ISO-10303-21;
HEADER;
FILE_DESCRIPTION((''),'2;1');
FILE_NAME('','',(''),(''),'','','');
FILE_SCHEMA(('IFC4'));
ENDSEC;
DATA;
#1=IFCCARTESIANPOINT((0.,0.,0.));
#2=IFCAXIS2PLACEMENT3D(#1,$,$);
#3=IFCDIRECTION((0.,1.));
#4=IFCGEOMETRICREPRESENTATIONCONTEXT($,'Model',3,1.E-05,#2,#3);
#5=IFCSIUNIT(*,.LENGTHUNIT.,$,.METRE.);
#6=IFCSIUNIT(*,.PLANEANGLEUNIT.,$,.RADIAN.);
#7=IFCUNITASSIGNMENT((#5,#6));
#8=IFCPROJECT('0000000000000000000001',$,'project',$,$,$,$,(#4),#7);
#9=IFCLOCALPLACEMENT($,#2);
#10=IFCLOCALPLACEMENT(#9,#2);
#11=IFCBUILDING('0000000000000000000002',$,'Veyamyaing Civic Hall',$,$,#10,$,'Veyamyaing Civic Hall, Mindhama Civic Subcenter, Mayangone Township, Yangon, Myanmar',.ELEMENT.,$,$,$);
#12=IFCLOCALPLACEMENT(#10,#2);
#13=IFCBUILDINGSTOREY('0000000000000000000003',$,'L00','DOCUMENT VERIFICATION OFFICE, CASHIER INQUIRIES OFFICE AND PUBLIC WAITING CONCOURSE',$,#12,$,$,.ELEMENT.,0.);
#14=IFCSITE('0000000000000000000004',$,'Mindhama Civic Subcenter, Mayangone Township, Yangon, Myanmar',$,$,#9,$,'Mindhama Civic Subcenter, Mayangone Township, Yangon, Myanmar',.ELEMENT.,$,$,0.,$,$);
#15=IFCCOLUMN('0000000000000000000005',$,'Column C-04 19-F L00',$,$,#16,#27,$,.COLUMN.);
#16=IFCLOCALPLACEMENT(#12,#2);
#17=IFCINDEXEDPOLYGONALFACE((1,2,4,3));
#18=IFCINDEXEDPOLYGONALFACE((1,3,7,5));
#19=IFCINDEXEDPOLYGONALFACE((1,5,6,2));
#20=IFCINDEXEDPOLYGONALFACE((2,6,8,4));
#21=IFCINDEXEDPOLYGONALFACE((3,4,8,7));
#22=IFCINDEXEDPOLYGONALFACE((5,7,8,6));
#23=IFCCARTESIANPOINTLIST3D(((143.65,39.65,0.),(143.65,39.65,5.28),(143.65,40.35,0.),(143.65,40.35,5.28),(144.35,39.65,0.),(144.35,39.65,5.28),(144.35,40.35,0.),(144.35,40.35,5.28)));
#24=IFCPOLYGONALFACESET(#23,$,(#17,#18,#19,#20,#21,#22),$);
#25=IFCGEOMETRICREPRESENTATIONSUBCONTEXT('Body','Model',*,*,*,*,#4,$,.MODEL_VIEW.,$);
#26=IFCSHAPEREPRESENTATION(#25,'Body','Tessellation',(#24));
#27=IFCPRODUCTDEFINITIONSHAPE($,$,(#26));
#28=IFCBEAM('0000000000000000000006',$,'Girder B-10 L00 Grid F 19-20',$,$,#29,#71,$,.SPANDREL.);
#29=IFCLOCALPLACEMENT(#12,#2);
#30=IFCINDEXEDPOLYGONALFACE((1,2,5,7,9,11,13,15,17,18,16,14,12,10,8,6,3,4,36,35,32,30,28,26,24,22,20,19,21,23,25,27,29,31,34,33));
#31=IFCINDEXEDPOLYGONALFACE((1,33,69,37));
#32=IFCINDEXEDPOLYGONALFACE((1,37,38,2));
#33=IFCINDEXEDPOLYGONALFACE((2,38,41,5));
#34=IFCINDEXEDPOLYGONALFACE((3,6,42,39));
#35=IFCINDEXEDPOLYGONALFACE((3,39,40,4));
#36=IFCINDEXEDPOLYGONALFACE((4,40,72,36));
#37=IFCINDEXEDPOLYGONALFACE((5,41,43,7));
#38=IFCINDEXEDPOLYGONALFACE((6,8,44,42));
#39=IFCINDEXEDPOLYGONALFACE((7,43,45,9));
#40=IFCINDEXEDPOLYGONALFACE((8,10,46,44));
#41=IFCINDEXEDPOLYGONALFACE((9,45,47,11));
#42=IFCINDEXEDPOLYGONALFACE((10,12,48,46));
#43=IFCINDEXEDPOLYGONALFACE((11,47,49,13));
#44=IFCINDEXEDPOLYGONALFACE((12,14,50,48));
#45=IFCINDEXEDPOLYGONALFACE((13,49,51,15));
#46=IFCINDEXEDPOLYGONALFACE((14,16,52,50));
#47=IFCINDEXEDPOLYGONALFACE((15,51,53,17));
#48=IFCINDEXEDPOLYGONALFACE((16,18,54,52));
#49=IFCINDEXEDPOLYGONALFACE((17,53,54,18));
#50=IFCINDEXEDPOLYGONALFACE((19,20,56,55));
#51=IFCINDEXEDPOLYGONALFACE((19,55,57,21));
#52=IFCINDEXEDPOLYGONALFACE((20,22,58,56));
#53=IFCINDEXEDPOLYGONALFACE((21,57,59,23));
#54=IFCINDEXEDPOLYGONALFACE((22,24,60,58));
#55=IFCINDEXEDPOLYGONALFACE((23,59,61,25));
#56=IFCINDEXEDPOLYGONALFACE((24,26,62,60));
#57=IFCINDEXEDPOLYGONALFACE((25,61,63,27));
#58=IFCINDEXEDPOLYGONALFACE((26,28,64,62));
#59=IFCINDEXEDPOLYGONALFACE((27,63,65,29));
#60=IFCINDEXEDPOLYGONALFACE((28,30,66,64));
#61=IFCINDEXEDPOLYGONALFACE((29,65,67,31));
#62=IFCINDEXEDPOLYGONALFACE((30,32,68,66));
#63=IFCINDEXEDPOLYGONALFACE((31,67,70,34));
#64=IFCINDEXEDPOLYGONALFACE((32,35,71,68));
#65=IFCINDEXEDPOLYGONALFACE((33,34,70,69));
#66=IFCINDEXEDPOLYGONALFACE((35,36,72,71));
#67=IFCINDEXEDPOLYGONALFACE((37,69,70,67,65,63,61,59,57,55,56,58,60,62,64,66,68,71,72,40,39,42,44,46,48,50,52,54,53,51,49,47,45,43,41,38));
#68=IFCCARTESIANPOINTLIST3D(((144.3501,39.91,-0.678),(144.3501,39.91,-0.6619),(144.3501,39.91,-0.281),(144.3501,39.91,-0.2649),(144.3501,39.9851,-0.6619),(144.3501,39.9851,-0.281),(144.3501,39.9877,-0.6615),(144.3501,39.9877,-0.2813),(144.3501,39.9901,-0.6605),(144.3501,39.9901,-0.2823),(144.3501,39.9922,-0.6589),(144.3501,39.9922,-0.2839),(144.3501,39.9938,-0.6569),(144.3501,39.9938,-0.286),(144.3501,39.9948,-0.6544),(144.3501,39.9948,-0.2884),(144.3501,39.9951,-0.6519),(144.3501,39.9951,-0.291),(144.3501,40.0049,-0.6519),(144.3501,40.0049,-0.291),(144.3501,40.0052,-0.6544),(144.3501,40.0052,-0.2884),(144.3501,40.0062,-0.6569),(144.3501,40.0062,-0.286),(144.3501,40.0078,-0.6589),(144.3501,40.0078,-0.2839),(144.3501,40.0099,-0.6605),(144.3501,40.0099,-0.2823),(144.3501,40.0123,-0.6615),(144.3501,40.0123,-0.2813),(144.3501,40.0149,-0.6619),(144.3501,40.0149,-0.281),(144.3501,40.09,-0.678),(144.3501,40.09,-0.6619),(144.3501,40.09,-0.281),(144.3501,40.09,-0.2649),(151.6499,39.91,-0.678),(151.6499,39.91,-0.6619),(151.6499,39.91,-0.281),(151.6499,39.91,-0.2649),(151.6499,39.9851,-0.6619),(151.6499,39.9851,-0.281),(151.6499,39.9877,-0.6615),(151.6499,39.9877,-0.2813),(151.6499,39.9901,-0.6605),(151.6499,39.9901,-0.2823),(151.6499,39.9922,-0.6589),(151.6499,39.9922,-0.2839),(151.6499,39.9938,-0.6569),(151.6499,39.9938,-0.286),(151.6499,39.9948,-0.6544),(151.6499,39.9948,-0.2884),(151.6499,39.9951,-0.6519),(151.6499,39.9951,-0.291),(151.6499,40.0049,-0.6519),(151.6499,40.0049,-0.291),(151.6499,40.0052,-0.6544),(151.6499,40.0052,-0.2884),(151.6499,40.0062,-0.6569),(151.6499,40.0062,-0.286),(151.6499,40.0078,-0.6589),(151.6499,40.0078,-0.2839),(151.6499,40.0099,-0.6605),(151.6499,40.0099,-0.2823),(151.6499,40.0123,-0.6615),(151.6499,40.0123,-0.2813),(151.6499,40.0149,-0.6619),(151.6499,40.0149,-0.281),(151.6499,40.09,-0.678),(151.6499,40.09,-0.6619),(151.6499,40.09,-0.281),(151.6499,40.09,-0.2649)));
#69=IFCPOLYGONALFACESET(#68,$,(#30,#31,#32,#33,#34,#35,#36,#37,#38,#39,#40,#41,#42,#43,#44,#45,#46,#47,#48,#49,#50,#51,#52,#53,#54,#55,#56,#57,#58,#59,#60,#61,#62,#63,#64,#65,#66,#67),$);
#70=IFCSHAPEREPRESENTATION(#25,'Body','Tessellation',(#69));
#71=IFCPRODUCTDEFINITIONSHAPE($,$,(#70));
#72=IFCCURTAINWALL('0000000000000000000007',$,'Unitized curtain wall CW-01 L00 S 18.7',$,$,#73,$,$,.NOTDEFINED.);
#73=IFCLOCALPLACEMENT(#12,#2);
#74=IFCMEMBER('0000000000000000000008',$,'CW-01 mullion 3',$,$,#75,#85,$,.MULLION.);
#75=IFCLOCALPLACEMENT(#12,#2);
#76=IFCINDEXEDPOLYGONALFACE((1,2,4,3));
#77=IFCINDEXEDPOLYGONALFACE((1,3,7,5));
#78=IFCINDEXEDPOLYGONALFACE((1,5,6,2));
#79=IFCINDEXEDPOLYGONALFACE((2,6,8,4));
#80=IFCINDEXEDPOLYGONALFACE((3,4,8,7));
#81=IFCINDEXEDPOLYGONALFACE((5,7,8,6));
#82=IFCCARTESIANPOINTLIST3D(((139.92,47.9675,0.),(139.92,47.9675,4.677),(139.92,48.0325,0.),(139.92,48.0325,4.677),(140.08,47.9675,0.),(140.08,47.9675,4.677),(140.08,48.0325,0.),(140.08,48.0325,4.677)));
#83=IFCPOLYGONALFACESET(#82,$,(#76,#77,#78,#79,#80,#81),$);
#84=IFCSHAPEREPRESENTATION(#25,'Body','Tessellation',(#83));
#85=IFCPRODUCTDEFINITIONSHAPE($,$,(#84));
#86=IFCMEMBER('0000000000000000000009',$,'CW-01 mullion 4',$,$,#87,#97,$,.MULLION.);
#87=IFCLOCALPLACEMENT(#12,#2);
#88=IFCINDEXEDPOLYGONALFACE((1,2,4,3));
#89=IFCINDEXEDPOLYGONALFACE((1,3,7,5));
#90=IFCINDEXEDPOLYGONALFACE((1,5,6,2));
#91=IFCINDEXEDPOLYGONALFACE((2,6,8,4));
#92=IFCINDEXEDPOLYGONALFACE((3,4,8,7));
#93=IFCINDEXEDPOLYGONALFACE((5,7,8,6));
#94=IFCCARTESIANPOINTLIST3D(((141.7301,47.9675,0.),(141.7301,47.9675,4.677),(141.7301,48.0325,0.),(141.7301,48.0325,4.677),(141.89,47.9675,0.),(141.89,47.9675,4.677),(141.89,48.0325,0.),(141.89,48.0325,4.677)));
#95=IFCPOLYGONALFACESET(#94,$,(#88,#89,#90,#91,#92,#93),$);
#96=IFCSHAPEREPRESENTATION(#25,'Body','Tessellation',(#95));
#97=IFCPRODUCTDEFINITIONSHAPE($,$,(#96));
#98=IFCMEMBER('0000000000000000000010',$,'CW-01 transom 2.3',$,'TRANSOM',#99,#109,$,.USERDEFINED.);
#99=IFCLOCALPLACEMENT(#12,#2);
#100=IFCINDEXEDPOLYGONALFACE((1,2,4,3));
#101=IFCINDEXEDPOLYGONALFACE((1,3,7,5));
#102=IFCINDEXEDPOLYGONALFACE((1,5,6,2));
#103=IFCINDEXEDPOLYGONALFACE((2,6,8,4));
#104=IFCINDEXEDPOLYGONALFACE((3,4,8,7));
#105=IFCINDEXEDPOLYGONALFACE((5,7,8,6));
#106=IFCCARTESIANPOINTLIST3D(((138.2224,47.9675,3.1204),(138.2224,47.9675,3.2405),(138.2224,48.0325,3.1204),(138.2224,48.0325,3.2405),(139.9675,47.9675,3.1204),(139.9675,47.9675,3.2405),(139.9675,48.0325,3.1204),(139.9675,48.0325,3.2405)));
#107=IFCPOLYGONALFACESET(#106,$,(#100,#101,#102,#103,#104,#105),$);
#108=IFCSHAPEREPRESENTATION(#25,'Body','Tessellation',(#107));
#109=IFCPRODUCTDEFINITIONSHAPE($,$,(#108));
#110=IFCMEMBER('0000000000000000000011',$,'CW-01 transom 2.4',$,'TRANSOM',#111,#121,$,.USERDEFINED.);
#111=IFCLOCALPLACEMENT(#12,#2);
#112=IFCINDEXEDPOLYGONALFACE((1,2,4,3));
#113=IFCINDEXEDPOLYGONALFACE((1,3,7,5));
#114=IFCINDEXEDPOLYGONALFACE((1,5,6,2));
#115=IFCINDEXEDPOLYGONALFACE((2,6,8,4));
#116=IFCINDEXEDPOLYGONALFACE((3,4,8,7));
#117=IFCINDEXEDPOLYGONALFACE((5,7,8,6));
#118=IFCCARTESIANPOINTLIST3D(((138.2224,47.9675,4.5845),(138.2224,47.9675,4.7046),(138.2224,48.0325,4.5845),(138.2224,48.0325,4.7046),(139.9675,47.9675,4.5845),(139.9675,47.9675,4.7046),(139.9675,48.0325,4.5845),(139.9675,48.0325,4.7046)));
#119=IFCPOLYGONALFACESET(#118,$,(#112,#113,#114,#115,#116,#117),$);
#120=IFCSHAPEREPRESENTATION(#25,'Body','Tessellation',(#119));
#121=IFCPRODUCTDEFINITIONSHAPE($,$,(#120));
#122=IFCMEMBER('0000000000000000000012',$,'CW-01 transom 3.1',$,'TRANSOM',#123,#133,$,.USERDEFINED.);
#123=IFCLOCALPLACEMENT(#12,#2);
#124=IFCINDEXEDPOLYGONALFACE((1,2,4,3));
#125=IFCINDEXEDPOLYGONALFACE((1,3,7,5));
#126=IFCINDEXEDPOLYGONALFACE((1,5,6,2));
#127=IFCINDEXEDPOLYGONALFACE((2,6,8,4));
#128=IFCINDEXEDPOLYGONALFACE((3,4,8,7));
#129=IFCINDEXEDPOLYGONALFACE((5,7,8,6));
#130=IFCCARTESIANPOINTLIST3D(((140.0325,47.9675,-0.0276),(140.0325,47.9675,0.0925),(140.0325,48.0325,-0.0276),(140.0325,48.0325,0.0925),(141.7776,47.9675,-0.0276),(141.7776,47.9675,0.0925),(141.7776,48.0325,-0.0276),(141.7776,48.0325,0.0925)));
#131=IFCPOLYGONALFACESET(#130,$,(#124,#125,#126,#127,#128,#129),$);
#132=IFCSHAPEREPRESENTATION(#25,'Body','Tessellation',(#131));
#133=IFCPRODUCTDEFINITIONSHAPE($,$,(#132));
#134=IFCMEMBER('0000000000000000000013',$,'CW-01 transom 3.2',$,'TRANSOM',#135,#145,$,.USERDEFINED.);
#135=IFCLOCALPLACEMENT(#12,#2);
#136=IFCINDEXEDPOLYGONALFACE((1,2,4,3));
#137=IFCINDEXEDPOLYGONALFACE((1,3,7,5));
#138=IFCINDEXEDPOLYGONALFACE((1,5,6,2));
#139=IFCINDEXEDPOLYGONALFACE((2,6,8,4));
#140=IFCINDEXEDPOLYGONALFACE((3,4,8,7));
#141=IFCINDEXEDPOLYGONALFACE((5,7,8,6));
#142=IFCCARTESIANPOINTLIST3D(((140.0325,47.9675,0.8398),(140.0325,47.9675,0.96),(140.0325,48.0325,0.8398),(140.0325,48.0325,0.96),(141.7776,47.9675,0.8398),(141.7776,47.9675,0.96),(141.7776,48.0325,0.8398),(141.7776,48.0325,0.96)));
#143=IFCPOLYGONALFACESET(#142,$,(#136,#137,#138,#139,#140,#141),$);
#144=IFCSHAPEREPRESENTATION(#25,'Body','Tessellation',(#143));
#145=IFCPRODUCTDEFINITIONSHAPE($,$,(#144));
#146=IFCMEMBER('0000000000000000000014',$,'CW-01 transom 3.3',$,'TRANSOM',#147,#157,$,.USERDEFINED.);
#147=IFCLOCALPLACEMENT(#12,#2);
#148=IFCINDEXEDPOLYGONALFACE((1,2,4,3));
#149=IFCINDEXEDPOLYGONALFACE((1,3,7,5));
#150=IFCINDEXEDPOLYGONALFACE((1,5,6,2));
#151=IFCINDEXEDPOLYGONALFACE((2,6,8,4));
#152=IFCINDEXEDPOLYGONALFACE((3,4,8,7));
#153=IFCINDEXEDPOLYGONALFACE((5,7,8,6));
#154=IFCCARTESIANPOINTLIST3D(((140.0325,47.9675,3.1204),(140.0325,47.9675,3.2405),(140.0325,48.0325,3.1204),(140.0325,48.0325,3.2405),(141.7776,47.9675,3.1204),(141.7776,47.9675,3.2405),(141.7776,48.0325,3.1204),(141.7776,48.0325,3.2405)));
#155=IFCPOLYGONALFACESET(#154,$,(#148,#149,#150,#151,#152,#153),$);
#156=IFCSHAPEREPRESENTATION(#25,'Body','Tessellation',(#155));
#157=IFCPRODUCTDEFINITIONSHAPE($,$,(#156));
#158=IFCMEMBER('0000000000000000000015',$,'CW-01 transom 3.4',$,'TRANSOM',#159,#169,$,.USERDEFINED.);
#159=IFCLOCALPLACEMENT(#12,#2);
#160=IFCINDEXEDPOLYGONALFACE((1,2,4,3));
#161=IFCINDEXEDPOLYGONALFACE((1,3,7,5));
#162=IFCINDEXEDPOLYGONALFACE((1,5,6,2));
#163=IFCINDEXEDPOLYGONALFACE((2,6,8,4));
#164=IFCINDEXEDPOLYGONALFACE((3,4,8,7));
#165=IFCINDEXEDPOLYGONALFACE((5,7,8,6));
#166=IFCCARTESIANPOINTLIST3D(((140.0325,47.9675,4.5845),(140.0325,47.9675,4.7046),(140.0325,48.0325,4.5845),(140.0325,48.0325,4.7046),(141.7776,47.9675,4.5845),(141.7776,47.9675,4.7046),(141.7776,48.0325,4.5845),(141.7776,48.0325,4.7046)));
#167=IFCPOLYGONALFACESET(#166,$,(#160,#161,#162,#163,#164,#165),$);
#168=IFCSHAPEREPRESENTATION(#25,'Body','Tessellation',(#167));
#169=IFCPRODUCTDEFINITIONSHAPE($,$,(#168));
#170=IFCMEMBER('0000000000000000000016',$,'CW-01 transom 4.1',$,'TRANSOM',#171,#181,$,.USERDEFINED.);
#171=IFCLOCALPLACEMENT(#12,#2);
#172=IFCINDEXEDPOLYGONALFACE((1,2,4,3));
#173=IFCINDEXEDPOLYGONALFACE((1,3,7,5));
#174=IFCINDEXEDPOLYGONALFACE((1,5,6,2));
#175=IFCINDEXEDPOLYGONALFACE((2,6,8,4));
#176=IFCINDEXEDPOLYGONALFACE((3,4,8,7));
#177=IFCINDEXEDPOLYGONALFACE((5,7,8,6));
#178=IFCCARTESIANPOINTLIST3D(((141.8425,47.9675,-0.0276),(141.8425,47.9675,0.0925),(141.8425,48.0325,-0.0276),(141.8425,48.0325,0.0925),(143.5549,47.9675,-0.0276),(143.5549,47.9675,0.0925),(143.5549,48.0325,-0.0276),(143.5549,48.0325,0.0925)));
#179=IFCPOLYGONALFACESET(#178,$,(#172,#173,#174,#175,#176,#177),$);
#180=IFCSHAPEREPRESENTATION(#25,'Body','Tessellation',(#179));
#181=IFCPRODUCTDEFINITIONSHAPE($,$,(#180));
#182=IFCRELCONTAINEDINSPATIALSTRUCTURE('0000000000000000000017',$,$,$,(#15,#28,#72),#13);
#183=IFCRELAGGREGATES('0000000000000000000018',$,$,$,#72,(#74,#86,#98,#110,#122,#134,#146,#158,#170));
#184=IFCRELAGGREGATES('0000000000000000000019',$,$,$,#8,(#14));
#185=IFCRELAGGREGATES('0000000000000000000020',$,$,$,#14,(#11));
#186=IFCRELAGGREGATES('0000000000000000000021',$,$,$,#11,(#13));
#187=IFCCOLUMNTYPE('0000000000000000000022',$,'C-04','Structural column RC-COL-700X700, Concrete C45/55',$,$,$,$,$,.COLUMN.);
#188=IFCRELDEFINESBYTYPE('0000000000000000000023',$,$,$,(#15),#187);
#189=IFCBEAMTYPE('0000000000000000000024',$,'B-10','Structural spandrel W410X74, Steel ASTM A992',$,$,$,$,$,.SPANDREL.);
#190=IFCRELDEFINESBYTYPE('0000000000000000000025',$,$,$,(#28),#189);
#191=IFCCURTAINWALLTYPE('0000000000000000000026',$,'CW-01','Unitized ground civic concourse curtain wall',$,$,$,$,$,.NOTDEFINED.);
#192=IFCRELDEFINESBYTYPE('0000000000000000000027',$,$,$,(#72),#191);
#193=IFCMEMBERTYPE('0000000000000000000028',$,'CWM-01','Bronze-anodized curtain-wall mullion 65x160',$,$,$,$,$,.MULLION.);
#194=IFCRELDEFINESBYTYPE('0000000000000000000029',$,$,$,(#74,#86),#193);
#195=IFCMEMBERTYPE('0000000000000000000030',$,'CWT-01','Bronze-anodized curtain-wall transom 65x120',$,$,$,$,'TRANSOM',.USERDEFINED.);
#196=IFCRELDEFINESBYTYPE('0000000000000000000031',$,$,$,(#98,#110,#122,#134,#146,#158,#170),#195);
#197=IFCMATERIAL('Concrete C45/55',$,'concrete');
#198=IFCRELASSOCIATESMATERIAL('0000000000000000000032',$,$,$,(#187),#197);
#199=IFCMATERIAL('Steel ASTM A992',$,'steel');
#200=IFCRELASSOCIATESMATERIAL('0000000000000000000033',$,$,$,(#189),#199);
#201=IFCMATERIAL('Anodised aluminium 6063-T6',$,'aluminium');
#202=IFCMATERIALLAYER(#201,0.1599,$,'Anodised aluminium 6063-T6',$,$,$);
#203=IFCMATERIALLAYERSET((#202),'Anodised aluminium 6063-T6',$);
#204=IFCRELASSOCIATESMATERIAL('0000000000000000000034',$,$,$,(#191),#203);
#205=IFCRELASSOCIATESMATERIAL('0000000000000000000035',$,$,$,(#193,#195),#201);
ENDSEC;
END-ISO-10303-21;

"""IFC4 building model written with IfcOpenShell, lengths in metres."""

from ifc_helpers import new_model, si_unit, direction, frame, origin, origin_2d, place, context, subcontext, project, spatial, rectangle, i_section, extrude, material, layer, layer_set, material_profile, profile_set, type_object, element, aggregate, save


model = new_model("IFC4")

# Units and contexts
model_context = context("Model", 3, precision=1e-05, world=origin(), true_north=direction((0.0, 1.0)))
body_context = subcontext(model_context, "Body", "Model", "MODEL_VIEW")
ifc_project = project(units=[si_unit("LENGTHUNIT", "METRE"), si_unit("PLANEANGLEUNIT", "RADIAN")], contexts=[model_context])

# Site, building, storey
site_placement = place(None, origin())
site = spatial("IfcSite", under=ifc_project, at=site_placement, Name="Mindhama Civic Subcenter, Mayangone Township, Yangon, Myanmar", LongName="Mindhama Civic Subcenter, Mayangone Township, Yangon, Myanmar", CompositionType="ELEMENT", RefElevation=0.0)
building_placement = place(site_placement, origin())
building = spatial("IfcBuilding", under=site, at=building_placement, Name="Veyamyaing Civic Hall", LongName="Veyamyaing Civic Hall, Mindhama Civic Subcenter, Mayangone Township, Yangon, Myanmar", CompositionType="ELEMENT")
storey_placement = place(building_placement, origin())
storey = spatial("IfcBuildingStorey", under=building, at=storey_placement, Name="L00", Description="DOCUMENT VERIFICATION OFFICE, CASHIER INQUIRIES OFFICE AND PUBLIC WAITING CONCOURSE", CompositionType="ELEMENT", Elevation=0.0)

# Column
ifc_material_1 = material(Name="Concrete C45/55", Category="concrete")
ifc_material_profile_1 = material_profile(ifc_material_1, rectangle(XDim=0.7, YDim=0.7, at=origin_2d()), Name="RC-COL-700X700")
ifc_profile_set_1 = profile_set([ifc_material_profile_1], Name="Concrete C45/55")
column_type = type_object("IfcColumnType", Name="C-04", Description="Structural column RC-COL-700X700, Concrete C45/55", PredefinedType="COLUMN", material=ifc_profile_set_1)
column_placement = place(storey_placement, frame((144.0, 40.0, 0.0), z_axis=(0.0, 0.0, 1.0), x_axis=(1.0, 0.0, 0.0)))
element("IfcColumn", 1, at=column_placement, inside=storey, type_object=column_type, Name="Column C-04 19-F L00", PredefinedType="COLUMN", context=body_context, shape_type="SweptSolid", body=[
    extrude(rectangle(XDim=0.7, YDim=0.7, at=origin_2d()), origin(), (0.0, 0.0, 1.0), 5.28),
])

# Beam
ifc_material_2 = material(Name="Steel ASTM A992", Category="steel")
ifc_material_profile_2 = material_profile(ifc_material_2, i_section(OverallWidth=0.1799, OverallDepth=0.4131, WebThickness=0.0098, FlangeThickness=0.0161, FilletRadius=0.01, at=origin_2d()), Name="W410X74")
ifc_profile_set_2 = profile_set([ifc_material_profile_2], Name="Steel ASTM A992")
beam_type_1 = type_object("IfcBeamType", Name="B-10", Description="Structural spandrel W410X74, Steel ASTM A992", PredefinedType="SPANDREL", material=ifc_profile_set_2)
beam_1_placement = place(storey_placement, frame((144.3501, 40.0, -0.4714), z_axis=(1.0, 0.0, 0.0), x_axis=(0.0, 1.0, 0.0)))
element("IfcBeam", 2, at=beam_1_placement, inside=storey, type_object=beam_type_1, Name="Girder B-10 L00 Grid F 19-20", PredefinedType="SPANDREL", context=body_context, shape_type="SweptSolid", body=[
    extrude(i_section(OverallWidth=0.1799, OverallDepth=0.4131, WebThickness=0.0098, FlangeThickness=0.0161, FilletRadius=0.01, at=origin_2d()), origin(), (0.0, 0.0, 1.0), 7.2998),
])

# Curtain wall, members
ifc_material_3 = material(Name="Anodised aluminium 6063-T6", Category="aluminium")
ifc_layer_1 = layer(ifc_material_3, 0.1599, Name="Anodised aluminium 6063-T6")
ifc_layer_set_1 = layer_set([ifc_layer_1], Name="Anodised aluminium 6063-T6")
curtain_wall_type = type_object("IfcCurtainWallType", Name="CW-01", Description="Unitized ground civic concourse curtain wall", PredefinedType="NOTDEFINED", material=ifc_layer_set_1)
curtain_wall_placement = place(storey_placement, origin())
curtain_wall = element("IfcCurtainWall", 3, at=curtain_wall_placement, inside=storey, type_object=curtain_wall_type, Name="Unitized curtain wall CW-01 L00 S 18.7", PredefinedType="NOTDEFINED")
ifc_material_profile_3 = material_profile(ifc_material_3, rectangle(XDim=0.0649, YDim=0.1599, at=origin_2d()), Name="ALU-MUL-65X160")
ifc_profile_set_3 = profile_set([ifc_material_profile_3], Name="Anodised aluminium 6063-T6")
member_type_1 = type_object("IfcMemberType", Name="CWM-01", Description="Bronze-anodized curtain-wall mullion 65x160", PredefinedType="MULLION", material=ifc_profile_set_3)
member_1_placement = place(storey_placement, frame((140.0, 48.0, 0.0), z_axis=(0.0, 0.0, 1.0), x_axis=(0.0, 1.0, 0.0)))
member_1 = element("IfcMember", 4, at=member_1_placement, type_object=member_type_1, Name="CW-01 mullion 3", PredefinedType="MULLION", context=body_context, shape_type="SweptSolid", body=[
    extrude(rectangle(XDim=0.0649, YDim=0.1599, at=origin_2d()), origin(), (0.0, 0.0, 1.0), 4.677),
])
member_2_placement = place(storey_placement, frame((141.8101, 48.0, 0.0), z_axis=(0.0, 0.0, 1.0), x_axis=(0.0, 1.0, 0.0)))
member_2 = element("IfcMember", 5, at=member_2_placement, type_object=member_type_1, Name="CW-01 mullion 4", PredefinedType="MULLION", context=body_context, shape_type="SweptSolid", body=[
    extrude(rectangle(XDim=0.0649, YDim=0.1599, at=origin_2d()), origin(), (0.0, 0.0, 1.0), 4.677),
])
ifc_material_profile_4 = material_profile(ifc_material_3, rectangle(XDim=0.0649, YDim=0.1201, at=origin_2d()), Name="ALU-TRN-65X120")
ifc_profile_set_4 = profile_set([ifc_material_profile_4], Name="Anodised aluminium 6063-T6")
member_type_2 = type_object("IfcMemberType", Name="CWT-01", Description="Bronze-anodized curtain-wall transom 65x120", ElementType="TRANSOM", PredefinedType="USERDEFINED", material=ifc_profile_set_4)
member_3_placement = place(storey_placement, frame((138.2224, 48.0, 3.1804), z_axis=(1.0, 0.0, 0.0), x_axis=(0.0, 1.0, 0.0)))
member_3 = element("IfcMember", 6, at=member_3_placement, type_object=member_type_2, Name="CW-01 transom 2.3", ObjectType="TRANSOM", PredefinedType="USERDEFINED", context=body_context, shape_type="SweptSolid", body=[
    extrude(rectangle(XDim=0.0649, YDim=0.1201, at=origin_2d()), origin(), (0.0, 0.0, 1.0), 1.7451),
])
member_4_placement = place(storey_placement, frame((138.2224, 48.0, 4.6445), z_axis=(1.0, 0.0, 0.0), x_axis=(0.0, 1.0, 0.0)))
member_4 = element("IfcMember", 7, at=member_4_placement, type_object=member_type_2, Name="CW-01 transom 2.4", ObjectType="TRANSOM", PredefinedType="USERDEFINED", context=body_context, shape_type="SweptSolid", body=[
    extrude(rectangle(XDim=0.0649, YDim=0.1201, at=origin_2d()), origin(), (0.0, 0.0, 1.0), 1.7451),
])
member_5_placement = place(storey_placement, frame((140.0325, 48.0, 0.0325), z_axis=(1.0, 0.0, 0.0), x_axis=(0.0, 1.0, 0.0)))
member_5 = element("IfcMember", 8, at=member_5_placement, type_object=member_type_2, Name="CW-01 transom 3.1", ObjectType="TRANSOM", PredefinedType="USERDEFINED", context=body_context, shape_type="SweptSolid", body=[
    extrude(rectangle(XDim=0.0649, YDim=0.1201, at=origin_2d()), origin(), (0.0, 0.0, 1.0), 1.7451),
])
member_6_placement = place(storey_placement, frame((140.0325, 48.0, 0.8999), z_axis=(1.0, 0.0, 0.0), x_axis=(0.0, 1.0, 0.0)))
member_6 = element("IfcMember", 9, at=member_6_placement, type_object=member_type_2, Name="CW-01 transom 3.2", ObjectType="TRANSOM", PredefinedType="USERDEFINED", context=body_context, shape_type="SweptSolid", body=[
    extrude(rectangle(XDim=0.0649, YDim=0.1201, at=origin_2d()), origin(), (0.0, 0.0, 1.0), 1.7451),
])
member_7_placement = place(storey_placement, frame((140.0325, 48.0, 3.1804), z_axis=(1.0, 0.0, 0.0), x_axis=(0.0, 1.0, 0.0)))
member_7 = element("IfcMember", 10, at=member_7_placement, type_object=member_type_2, Name="CW-01 transom 3.3", ObjectType="TRANSOM", PredefinedType="USERDEFINED", context=body_context, shape_type="SweptSolid", body=[
    extrude(rectangle(XDim=0.0649, YDim=0.1201, at=origin_2d()), origin(), (0.0, 0.0, 1.0), 1.7451),
])
member_8_placement = place(storey_placement, frame((140.0325, 48.0, 4.6445), z_axis=(1.0, 0.0, 0.0), x_axis=(0.0, 1.0, 0.0)))
member_8 = element("IfcMember", 11, at=member_8_placement, type_object=member_type_2, Name="CW-01 transom 3.4", ObjectType="TRANSOM", PredefinedType="USERDEFINED", context=body_context, shape_type="SweptSolid", body=[
    extrude(rectangle(XDim=0.0649, YDim=0.1201, at=origin_2d()), origin(), (0.0, 0.0, 1.0), 1.7451),
])
member_9_placement = place(storey_placement, frame((141.8425, 48.0, 0.0325), z_axis=(1.0, 0.0, 0.0), x_axis=(0.0, 1.0, 0.0)))
member_9 = element("IfcMember", 12, at=member_9_placement, type_object=member_type_2, Name="CW-01 transom 4.1", ObjectType="TRANSOM", PredefinedType="USERDEFINED", context=body_context, shape_type="SweptSolid", body=[
    extrude(rectangle(XDim=0.0649, YDim=0.1201, at=origin_2d()), origin(), (0.0, 0.0, 1.0), 1.7124),
])

aggregate(curtain_wall, [member_1, member_2, member_3, member_4, member_5, member_6, member_7, member_8, member_9])

save(model, "model.ifc")
